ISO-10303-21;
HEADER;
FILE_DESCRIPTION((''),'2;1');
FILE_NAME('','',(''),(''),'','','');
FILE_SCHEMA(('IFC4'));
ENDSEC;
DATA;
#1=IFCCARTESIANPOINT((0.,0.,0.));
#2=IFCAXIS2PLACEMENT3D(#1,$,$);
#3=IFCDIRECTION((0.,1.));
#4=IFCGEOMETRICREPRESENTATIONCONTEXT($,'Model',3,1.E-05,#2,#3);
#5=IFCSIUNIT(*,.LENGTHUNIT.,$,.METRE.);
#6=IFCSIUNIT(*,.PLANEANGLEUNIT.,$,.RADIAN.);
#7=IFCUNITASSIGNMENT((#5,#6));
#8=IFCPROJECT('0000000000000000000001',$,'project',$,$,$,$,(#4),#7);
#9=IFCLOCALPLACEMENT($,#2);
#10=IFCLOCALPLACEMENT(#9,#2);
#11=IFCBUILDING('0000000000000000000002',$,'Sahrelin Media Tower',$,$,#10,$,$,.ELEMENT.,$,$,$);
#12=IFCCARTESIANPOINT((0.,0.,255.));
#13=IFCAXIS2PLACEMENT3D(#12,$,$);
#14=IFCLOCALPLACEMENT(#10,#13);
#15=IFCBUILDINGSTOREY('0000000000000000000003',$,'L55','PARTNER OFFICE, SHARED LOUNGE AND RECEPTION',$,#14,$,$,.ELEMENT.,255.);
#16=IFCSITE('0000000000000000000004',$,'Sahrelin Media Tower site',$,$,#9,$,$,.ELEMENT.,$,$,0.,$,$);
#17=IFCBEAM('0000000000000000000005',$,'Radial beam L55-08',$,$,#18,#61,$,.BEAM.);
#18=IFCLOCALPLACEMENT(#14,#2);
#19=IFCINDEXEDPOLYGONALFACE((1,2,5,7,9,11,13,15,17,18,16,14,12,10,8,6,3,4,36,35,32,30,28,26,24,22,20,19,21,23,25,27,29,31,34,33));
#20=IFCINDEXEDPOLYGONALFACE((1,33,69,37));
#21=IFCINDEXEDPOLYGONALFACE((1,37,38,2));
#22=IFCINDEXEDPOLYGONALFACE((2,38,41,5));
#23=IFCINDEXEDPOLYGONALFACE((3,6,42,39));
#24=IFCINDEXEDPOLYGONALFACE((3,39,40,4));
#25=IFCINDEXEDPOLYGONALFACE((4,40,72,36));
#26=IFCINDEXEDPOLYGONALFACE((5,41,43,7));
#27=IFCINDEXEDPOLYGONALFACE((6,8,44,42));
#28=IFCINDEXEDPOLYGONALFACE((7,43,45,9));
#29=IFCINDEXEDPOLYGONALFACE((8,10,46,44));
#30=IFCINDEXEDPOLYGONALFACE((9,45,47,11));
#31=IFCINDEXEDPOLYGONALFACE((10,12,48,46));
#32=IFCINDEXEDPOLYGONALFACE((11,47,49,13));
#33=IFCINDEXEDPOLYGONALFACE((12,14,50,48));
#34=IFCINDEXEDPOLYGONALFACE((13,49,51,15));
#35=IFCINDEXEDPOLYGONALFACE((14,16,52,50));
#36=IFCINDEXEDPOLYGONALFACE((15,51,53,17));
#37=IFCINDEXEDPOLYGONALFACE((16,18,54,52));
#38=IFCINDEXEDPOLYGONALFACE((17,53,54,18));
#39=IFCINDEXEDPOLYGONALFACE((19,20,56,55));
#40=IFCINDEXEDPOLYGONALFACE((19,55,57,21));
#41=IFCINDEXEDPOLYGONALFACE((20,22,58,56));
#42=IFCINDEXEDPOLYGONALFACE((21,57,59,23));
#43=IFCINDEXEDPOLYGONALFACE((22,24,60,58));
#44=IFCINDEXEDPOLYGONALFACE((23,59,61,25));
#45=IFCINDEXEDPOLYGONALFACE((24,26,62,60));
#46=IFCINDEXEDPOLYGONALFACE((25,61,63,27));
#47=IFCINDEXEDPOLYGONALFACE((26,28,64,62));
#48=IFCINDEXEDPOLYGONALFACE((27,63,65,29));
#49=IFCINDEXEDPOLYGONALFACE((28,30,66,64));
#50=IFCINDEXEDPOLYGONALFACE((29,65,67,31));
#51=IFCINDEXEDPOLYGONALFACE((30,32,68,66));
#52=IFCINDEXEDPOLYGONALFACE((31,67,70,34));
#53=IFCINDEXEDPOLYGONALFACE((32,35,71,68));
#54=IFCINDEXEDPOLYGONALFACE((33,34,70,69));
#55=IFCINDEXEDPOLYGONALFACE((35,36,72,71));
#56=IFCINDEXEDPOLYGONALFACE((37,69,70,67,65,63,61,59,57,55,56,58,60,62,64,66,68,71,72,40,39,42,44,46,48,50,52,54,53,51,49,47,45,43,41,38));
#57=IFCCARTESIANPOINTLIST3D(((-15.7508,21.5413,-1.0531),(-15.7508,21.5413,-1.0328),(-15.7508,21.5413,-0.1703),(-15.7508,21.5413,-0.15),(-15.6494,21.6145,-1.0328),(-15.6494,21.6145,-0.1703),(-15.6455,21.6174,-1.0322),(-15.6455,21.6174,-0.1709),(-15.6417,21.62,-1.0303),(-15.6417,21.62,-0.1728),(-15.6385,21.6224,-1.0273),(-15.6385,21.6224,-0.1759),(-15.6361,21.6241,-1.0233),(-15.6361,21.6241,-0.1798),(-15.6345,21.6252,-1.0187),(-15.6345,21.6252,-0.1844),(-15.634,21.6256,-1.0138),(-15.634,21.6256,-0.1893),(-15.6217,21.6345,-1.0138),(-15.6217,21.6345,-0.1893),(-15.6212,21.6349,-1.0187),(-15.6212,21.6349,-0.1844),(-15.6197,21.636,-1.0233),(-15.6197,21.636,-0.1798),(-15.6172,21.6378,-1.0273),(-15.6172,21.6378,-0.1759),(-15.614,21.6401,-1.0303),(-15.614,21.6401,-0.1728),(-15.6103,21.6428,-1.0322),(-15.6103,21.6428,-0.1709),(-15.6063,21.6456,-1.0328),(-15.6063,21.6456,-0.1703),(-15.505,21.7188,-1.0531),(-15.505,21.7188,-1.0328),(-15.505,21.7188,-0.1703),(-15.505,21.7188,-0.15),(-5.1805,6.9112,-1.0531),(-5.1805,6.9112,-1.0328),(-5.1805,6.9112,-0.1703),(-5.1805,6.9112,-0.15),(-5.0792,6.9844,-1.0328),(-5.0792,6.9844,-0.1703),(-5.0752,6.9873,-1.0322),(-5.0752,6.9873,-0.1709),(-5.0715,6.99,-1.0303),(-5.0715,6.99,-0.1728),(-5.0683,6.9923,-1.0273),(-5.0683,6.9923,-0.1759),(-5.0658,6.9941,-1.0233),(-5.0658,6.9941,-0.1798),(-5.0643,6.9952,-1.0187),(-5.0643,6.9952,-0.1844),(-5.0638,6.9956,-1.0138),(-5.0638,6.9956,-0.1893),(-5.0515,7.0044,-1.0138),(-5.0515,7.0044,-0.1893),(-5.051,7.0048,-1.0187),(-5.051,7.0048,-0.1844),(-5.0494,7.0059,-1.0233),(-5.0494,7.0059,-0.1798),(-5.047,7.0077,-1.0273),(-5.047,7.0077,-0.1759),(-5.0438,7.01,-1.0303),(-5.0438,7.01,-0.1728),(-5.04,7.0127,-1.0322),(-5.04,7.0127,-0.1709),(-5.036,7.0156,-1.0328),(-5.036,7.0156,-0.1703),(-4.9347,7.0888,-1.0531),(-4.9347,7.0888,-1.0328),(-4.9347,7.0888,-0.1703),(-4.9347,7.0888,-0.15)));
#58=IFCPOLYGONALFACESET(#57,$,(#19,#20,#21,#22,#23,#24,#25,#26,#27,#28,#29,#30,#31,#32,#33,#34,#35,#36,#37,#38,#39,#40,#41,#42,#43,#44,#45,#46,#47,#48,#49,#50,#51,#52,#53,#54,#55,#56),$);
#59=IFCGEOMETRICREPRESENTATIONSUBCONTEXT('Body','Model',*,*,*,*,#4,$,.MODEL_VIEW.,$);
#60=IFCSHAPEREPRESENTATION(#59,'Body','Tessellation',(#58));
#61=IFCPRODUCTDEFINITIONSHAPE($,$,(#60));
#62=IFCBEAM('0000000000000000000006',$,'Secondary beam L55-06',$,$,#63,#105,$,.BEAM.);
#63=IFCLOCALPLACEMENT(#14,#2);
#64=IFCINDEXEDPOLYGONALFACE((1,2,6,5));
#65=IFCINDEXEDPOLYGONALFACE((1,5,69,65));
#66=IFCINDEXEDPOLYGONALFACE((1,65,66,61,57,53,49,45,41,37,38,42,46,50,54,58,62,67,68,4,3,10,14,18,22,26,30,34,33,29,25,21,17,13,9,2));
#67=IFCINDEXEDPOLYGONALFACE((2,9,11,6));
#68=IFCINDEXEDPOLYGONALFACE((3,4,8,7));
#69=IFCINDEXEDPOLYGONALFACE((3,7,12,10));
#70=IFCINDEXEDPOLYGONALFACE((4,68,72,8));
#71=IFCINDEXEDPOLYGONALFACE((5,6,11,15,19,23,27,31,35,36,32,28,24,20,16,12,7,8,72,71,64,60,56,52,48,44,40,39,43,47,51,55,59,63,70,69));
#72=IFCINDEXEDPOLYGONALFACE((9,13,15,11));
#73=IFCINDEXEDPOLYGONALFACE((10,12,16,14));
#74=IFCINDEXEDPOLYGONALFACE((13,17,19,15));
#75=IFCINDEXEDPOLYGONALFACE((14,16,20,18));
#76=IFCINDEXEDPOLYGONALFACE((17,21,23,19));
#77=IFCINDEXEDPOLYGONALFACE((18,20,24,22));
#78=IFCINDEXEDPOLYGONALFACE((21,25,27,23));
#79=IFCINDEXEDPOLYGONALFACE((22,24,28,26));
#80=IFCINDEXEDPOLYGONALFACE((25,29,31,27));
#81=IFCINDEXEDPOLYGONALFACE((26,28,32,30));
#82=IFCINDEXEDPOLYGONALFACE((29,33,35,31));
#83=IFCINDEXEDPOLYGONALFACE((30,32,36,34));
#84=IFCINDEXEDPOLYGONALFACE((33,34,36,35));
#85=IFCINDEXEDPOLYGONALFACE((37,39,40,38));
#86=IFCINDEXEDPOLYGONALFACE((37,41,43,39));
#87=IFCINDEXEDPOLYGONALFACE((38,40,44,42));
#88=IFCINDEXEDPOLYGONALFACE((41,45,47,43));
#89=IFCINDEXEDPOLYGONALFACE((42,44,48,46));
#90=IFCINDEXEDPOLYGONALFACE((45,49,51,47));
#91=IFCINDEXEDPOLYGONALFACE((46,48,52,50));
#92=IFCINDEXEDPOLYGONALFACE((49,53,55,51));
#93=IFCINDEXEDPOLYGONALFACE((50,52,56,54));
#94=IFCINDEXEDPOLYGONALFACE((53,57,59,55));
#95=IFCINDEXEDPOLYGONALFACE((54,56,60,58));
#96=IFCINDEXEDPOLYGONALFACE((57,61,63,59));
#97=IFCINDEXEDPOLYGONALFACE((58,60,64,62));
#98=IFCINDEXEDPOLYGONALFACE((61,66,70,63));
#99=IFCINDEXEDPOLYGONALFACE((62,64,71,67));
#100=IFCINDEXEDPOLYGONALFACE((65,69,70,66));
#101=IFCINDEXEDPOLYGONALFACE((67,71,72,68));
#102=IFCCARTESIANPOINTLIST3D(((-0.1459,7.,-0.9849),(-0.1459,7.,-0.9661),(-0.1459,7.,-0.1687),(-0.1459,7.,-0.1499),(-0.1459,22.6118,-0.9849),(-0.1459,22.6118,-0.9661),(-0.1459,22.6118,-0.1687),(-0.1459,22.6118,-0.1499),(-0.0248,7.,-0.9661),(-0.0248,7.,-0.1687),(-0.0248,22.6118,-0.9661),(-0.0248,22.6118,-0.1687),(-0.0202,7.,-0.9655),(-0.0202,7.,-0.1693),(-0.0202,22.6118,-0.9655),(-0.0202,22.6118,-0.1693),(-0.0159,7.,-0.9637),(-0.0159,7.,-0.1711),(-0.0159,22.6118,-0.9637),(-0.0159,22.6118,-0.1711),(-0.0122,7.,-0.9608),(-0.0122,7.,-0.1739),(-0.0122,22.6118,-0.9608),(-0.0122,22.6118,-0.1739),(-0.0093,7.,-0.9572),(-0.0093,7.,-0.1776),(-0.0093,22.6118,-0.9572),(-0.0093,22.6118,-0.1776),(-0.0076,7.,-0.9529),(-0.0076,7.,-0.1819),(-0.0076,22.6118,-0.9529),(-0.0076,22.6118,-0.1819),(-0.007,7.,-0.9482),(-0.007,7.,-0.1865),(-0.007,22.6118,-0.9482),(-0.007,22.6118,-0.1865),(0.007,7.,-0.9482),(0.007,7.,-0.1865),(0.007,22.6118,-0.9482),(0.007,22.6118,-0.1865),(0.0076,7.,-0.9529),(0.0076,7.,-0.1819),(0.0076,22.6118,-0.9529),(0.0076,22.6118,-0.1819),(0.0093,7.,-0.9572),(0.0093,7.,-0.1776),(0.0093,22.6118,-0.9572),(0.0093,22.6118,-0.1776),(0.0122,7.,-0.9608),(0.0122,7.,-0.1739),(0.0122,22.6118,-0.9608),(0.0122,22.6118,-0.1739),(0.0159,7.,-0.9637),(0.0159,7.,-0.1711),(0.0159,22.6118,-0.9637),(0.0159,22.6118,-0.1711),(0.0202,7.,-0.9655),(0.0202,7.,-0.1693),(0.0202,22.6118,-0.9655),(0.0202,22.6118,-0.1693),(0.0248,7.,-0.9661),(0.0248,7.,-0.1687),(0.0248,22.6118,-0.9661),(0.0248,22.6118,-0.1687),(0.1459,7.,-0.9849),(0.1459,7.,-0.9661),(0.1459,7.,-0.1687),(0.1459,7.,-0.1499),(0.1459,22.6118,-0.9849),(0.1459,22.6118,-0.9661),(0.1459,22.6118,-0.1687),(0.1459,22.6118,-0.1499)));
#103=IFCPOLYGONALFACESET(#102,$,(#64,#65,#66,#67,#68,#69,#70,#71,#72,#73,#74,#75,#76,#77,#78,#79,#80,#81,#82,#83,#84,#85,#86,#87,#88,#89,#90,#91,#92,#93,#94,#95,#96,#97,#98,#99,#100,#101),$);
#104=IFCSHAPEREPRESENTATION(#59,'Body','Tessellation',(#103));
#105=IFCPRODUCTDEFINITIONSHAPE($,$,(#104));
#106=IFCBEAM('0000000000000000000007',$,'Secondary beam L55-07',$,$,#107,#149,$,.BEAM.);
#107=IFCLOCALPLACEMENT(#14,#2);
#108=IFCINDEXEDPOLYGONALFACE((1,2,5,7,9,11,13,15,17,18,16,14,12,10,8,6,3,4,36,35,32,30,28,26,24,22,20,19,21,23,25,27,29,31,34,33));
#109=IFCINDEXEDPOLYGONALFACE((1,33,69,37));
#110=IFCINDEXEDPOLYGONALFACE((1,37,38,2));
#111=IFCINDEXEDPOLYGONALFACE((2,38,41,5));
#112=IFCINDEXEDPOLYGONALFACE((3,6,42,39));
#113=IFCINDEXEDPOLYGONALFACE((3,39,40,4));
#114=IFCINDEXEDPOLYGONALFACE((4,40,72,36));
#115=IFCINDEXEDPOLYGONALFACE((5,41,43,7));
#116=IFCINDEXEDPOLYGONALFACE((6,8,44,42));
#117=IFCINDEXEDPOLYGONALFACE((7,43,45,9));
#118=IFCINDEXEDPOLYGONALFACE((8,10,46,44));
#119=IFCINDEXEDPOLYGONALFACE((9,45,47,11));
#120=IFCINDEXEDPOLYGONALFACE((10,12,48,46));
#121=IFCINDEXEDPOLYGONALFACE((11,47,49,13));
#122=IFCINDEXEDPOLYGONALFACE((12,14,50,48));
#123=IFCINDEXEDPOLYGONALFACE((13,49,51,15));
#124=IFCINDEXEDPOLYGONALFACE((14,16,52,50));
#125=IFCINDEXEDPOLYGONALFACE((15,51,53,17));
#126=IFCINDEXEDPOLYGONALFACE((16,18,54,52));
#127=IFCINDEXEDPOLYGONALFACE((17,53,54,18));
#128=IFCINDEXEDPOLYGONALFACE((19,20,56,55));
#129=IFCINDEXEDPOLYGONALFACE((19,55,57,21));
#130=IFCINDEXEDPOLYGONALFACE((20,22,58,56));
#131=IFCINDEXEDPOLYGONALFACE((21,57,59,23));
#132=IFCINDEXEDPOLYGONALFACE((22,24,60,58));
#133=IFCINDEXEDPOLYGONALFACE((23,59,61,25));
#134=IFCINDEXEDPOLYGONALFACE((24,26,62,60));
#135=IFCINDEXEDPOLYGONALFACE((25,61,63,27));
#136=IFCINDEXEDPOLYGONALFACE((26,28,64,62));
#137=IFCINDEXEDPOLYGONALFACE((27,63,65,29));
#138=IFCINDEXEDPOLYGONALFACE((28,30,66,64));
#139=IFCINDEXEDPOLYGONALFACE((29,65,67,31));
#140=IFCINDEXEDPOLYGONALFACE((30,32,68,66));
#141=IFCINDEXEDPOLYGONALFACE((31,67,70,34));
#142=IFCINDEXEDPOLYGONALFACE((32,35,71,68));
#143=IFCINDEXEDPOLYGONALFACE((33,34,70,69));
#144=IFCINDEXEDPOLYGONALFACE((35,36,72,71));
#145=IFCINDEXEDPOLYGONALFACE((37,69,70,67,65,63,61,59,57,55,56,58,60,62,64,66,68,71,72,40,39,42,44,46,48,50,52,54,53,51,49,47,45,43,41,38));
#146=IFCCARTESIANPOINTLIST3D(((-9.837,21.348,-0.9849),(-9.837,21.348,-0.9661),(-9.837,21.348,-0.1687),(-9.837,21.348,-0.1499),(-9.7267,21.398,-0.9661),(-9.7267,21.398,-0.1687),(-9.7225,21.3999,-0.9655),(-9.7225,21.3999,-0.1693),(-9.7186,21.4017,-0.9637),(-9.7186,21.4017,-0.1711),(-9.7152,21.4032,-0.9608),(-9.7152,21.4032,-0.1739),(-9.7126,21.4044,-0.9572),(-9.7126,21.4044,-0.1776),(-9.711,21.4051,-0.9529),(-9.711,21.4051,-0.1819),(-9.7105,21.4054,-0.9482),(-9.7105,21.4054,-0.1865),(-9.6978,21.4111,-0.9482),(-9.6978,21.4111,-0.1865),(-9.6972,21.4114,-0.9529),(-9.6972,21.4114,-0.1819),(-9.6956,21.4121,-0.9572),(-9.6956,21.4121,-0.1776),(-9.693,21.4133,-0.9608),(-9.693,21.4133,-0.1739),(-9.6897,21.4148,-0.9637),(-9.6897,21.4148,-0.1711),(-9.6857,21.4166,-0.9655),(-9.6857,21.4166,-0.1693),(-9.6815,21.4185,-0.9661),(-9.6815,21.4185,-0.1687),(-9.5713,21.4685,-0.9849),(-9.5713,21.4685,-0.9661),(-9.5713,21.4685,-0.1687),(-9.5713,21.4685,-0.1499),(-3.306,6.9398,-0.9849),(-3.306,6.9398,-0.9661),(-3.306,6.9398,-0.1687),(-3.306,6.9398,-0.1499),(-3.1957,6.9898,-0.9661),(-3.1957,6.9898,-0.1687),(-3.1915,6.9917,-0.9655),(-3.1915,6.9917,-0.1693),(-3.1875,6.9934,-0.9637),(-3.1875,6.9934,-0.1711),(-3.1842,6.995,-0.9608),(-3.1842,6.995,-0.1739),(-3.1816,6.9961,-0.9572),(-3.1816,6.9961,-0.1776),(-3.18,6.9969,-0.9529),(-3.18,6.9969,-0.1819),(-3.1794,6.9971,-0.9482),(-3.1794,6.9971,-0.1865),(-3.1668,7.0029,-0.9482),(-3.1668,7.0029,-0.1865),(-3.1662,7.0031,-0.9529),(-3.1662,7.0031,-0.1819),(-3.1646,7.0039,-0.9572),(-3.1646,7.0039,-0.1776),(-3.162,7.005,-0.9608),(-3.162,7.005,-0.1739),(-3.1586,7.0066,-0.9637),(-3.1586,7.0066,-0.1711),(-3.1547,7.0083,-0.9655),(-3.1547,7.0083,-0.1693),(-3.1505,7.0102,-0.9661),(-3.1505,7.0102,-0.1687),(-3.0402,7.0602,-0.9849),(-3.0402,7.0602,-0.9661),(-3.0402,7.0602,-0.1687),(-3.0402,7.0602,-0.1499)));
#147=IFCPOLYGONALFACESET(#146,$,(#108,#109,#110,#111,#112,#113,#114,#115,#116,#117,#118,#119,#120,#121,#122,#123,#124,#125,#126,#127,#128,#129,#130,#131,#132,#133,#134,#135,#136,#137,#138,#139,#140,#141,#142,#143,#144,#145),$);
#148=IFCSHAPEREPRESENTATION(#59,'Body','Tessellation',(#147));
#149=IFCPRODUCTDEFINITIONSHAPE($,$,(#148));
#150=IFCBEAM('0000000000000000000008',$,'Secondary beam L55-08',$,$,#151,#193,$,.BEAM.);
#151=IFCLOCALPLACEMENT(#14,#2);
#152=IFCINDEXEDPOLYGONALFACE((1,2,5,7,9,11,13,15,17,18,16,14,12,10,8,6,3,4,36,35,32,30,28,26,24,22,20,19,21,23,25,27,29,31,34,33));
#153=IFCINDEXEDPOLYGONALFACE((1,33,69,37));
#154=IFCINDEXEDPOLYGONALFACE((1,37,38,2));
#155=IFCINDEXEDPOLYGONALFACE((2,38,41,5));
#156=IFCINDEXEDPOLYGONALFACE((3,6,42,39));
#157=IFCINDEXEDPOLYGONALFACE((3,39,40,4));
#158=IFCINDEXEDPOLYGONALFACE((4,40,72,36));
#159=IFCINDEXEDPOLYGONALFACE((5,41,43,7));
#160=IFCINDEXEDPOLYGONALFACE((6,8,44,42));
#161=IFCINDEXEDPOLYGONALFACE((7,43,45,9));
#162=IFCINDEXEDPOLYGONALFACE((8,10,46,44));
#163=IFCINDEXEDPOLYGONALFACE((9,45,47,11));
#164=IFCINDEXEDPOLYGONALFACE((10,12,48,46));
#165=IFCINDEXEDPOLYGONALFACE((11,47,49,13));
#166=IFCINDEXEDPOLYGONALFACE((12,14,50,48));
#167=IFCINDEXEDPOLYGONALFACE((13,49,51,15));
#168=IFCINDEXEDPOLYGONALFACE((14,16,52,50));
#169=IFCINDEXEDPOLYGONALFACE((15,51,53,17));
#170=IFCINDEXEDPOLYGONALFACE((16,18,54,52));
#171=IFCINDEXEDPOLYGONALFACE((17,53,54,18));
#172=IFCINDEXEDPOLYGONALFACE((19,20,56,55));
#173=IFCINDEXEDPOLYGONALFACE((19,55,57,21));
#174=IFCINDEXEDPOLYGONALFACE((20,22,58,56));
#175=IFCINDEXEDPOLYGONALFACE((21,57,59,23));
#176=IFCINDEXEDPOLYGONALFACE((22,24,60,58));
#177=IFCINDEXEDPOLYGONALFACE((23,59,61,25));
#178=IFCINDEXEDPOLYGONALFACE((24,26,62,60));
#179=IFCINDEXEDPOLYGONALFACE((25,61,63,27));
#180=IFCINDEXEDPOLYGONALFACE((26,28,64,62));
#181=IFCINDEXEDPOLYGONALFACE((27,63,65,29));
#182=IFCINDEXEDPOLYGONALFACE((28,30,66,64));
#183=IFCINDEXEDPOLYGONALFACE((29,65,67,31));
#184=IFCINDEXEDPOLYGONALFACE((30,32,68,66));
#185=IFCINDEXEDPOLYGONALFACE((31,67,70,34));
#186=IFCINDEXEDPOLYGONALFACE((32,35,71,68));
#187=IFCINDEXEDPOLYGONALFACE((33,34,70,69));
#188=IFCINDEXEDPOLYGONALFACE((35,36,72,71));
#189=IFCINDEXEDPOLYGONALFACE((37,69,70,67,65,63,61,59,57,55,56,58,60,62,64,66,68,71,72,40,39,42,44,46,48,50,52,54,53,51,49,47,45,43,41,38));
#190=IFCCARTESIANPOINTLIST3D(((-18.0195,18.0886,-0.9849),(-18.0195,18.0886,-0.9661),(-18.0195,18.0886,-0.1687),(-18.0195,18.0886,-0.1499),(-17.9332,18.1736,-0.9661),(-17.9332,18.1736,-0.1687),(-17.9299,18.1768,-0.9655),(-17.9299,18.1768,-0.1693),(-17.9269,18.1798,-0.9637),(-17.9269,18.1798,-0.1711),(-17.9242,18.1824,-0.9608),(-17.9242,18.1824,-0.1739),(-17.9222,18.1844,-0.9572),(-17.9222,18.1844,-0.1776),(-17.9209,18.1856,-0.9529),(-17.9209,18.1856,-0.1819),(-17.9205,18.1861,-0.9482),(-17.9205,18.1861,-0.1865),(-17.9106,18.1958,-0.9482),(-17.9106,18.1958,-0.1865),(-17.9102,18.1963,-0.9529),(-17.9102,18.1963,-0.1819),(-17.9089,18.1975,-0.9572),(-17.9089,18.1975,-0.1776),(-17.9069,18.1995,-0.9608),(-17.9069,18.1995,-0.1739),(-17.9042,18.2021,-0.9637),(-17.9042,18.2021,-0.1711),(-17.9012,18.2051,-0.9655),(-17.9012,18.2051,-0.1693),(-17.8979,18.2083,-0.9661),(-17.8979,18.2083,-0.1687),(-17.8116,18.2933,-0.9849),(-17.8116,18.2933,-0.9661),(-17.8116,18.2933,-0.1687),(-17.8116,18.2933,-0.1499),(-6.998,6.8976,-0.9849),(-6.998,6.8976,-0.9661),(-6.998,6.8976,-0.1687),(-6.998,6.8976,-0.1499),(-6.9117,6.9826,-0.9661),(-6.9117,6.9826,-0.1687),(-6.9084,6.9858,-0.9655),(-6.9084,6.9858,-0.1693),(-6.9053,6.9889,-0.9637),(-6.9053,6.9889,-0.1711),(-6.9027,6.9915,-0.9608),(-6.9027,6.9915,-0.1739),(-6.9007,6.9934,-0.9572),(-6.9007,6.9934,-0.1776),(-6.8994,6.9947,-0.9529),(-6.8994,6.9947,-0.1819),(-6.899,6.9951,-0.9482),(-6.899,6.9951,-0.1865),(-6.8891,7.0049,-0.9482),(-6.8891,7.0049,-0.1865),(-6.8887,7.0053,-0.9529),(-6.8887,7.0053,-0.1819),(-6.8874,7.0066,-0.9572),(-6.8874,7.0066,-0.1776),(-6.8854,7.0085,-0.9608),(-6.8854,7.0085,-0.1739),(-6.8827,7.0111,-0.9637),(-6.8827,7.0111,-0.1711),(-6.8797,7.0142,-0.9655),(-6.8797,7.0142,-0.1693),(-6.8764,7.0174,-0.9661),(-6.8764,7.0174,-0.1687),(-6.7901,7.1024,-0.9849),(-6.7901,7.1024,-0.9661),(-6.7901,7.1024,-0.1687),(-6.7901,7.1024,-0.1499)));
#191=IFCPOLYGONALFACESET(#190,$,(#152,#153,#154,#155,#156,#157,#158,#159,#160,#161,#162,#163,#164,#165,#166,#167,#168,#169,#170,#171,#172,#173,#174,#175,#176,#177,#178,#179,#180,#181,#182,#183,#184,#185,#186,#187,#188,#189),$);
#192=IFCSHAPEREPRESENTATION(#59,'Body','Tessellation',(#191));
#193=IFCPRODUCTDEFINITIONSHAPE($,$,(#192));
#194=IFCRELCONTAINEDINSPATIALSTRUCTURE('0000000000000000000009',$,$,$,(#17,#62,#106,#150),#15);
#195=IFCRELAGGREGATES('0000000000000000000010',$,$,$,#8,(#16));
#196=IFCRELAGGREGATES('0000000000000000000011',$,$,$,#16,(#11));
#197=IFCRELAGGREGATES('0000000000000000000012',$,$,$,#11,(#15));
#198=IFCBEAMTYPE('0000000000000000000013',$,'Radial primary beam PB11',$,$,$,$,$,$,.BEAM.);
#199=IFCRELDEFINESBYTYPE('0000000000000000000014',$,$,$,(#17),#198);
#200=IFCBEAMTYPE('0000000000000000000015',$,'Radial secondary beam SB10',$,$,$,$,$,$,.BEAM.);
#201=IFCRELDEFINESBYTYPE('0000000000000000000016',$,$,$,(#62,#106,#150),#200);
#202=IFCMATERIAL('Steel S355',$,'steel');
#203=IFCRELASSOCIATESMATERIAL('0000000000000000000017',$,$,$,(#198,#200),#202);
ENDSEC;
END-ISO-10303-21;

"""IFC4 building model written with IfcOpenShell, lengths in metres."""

from ifc_helpers import new_model, si_unit, direction, frame, origin, origin_2d, place, context, subcontext, project, spatial, i_section, extrude, material, material_profile, profile_set, type_object, element, save


model = new_model("IFC4")

# Units and contexts
model_context = context("Model", 3, precision=1e-05, world=origin(), true_north=direction((0.0, 1.0)))
body_context = subcontext(model_context, "Body", "Model", "MODEL_VIEW")
ifc_project = project(units=[si_unit("LENGTHUNIT", "METRE"), si_unit("PLANEANGLEUNIT", "RADIAN")], contexts=[model_context])

# Site, building, storey
site_placement = place(None, origin())
site = spatial("IfcSite", under=ifc_project, at=site_placement, Name="Sahrelin Media Tower site", CompositionType="ELEMENT", RefElevation=0.0)
building_placement = place(site_placement, origin())
building = spatial("IfcBuilding", under=site, at=building_placement, Name="Sahrelin Media Tower", CompositionType="ELEMENT")
storey_placement = place(building_placement, frame((0.0, 0.0, 255.0)))
storey = spatial("IfcBuildingStorey", under=building, at=storey_placement, Name="L55", Description="PARTNER OFFICE, SHARED LOUNGE AND RECEPTION", CompositionType="ELEMENT", Elevation=255.0)

# Shared definitions
ifc_material_1 = material(Name="Steel S355", Category="steel")

# Beams
ifc_material_profile_1 = material_profile(ifc_material_1, i_section(OverallWidth=0.3032, OverallDepth=0.9031, WebThickness=0.0151, FlangeThickness=0.0203, FilletRadius=0.019, at=origin_2d()), Name="UB 914x305x201")
ifc_profile_set_1 = profile_set([ifc_material_profile_1], Name="Steel S355")
beam_type_1 = type_object("IfcBeamType", Name="Radial primary beam PB11", PredefinedType="BEAM", material=ifc_profile_set_1)
beam_1_placement = place(storey_placement, frame((-5.0576, 7.0, -0.6016), z_axis=(-0.58564, 0.810571, 0.0), x_axis=(-0.810571, -0.58564, 0.0)))
element("IfcBeam", 1, at=beam_1_placement, inside=storey, type_object=beam_type_1, Name="Radial beam L55-08", PredefinedType="BEAM", context=body_context, shape_type="SweptSolid", body=[
    extrude(i_section(OverallWidth=0.3032, OverallDepth=0.9031, WebThickness=0.0151, FlangeThickness=0.0203, FilletRadius=0.019, at=origin_2d()), origin(), (0.0, 0.0, 1.0), 18.0491),
])
ifc_material_profile_2 = material_profile(ifc_material_1, i_section(OverallWidth=0.2917, OverallDepth=0.835, WebThickness=0.0139, FlangeThickness=0.0188, FilletRadius=0.0178, at=origin_2d()), Name="UB 838x292x176")
ifc_profile_set_2 = profile_set([ifc_material_profile_2], Name="Steel S355")
beam_type_2 = type_object("IfcBeamType", Name="Radial secondary beam SB10", PredefinedType="BEAM", material=ifc_profile_set_2)
beam_2_placement = place(storey_placement, frame((0.0, 7.0, -0.5674), z_axis=(0.0, 1.0, 0.0), x_axis=(-1.0, 0.0, 0.0)))
element("IfcBeam", 2, at=beam_2_placement, inside=storey, type_object=beam_type_2, Name="Secondary beam L55-06", PredefinedType="BEAM", context=body_context, shape_type="SweptSolid", body=[
    extrude(i_section(OverallWidth=0.2917, OverallDepth=0.835, WebThickness=0.0139, FlangeThickness=0.0188, FilletRadius=0.0178, at=origin_2d()), origin(), (0.0, 0.0, 1.0), 15.6118),
])
beam_3_placement = place(storey_placement, frame((-3.1731, 7.0, -0.5674), z_axis=(-0.41285, 0.910799, 0.0), x_axis=(-0.910799, -0.41285, 0.0)))
element("IfcBeam", 3, at=beam_3_placement, inside=storey, type_object=beam_type_2, Name="Secondary beam L55-07", PredefinedType="BEAM", context=body_context, shape_type="SweptSolid", body=[
    extrude(i_section(OverallWidth=0.2917, OverallDepth=0.835, WebThickness=0.0139, FlangeThickness=0.0188, FilletRadius=0.0178, at=origin_2d()), origin(), (0.0, 0.0, 1.0), 15.8193),
])
beam_4_placement = place(storey_placement, frame((-6.894, 7.0, -0.5674), z_axis=(-0.701693, 0.71248, 0.0), x_axis=(-0.71248, -0.701693, 0.0)))
element("IfcBeam", 4, at=beam_4_placement, inside=storey, type_object=beam_type_2, Name="Secondary beam L55-08", PredefinedType="BEAM", context=body_context, shape_type="SweptSolid", body=[
    extrude(i_section(OverallWidth=0.2917, OverallDepth=0.835, WebThickness=0.0139, FlangeThickness=0.0188, FilletRadius=0.0178, at=origin_2d()), origin(), (0.0, 0.0, 1.0), 15.707),
])

save(model, "model.ifc")
